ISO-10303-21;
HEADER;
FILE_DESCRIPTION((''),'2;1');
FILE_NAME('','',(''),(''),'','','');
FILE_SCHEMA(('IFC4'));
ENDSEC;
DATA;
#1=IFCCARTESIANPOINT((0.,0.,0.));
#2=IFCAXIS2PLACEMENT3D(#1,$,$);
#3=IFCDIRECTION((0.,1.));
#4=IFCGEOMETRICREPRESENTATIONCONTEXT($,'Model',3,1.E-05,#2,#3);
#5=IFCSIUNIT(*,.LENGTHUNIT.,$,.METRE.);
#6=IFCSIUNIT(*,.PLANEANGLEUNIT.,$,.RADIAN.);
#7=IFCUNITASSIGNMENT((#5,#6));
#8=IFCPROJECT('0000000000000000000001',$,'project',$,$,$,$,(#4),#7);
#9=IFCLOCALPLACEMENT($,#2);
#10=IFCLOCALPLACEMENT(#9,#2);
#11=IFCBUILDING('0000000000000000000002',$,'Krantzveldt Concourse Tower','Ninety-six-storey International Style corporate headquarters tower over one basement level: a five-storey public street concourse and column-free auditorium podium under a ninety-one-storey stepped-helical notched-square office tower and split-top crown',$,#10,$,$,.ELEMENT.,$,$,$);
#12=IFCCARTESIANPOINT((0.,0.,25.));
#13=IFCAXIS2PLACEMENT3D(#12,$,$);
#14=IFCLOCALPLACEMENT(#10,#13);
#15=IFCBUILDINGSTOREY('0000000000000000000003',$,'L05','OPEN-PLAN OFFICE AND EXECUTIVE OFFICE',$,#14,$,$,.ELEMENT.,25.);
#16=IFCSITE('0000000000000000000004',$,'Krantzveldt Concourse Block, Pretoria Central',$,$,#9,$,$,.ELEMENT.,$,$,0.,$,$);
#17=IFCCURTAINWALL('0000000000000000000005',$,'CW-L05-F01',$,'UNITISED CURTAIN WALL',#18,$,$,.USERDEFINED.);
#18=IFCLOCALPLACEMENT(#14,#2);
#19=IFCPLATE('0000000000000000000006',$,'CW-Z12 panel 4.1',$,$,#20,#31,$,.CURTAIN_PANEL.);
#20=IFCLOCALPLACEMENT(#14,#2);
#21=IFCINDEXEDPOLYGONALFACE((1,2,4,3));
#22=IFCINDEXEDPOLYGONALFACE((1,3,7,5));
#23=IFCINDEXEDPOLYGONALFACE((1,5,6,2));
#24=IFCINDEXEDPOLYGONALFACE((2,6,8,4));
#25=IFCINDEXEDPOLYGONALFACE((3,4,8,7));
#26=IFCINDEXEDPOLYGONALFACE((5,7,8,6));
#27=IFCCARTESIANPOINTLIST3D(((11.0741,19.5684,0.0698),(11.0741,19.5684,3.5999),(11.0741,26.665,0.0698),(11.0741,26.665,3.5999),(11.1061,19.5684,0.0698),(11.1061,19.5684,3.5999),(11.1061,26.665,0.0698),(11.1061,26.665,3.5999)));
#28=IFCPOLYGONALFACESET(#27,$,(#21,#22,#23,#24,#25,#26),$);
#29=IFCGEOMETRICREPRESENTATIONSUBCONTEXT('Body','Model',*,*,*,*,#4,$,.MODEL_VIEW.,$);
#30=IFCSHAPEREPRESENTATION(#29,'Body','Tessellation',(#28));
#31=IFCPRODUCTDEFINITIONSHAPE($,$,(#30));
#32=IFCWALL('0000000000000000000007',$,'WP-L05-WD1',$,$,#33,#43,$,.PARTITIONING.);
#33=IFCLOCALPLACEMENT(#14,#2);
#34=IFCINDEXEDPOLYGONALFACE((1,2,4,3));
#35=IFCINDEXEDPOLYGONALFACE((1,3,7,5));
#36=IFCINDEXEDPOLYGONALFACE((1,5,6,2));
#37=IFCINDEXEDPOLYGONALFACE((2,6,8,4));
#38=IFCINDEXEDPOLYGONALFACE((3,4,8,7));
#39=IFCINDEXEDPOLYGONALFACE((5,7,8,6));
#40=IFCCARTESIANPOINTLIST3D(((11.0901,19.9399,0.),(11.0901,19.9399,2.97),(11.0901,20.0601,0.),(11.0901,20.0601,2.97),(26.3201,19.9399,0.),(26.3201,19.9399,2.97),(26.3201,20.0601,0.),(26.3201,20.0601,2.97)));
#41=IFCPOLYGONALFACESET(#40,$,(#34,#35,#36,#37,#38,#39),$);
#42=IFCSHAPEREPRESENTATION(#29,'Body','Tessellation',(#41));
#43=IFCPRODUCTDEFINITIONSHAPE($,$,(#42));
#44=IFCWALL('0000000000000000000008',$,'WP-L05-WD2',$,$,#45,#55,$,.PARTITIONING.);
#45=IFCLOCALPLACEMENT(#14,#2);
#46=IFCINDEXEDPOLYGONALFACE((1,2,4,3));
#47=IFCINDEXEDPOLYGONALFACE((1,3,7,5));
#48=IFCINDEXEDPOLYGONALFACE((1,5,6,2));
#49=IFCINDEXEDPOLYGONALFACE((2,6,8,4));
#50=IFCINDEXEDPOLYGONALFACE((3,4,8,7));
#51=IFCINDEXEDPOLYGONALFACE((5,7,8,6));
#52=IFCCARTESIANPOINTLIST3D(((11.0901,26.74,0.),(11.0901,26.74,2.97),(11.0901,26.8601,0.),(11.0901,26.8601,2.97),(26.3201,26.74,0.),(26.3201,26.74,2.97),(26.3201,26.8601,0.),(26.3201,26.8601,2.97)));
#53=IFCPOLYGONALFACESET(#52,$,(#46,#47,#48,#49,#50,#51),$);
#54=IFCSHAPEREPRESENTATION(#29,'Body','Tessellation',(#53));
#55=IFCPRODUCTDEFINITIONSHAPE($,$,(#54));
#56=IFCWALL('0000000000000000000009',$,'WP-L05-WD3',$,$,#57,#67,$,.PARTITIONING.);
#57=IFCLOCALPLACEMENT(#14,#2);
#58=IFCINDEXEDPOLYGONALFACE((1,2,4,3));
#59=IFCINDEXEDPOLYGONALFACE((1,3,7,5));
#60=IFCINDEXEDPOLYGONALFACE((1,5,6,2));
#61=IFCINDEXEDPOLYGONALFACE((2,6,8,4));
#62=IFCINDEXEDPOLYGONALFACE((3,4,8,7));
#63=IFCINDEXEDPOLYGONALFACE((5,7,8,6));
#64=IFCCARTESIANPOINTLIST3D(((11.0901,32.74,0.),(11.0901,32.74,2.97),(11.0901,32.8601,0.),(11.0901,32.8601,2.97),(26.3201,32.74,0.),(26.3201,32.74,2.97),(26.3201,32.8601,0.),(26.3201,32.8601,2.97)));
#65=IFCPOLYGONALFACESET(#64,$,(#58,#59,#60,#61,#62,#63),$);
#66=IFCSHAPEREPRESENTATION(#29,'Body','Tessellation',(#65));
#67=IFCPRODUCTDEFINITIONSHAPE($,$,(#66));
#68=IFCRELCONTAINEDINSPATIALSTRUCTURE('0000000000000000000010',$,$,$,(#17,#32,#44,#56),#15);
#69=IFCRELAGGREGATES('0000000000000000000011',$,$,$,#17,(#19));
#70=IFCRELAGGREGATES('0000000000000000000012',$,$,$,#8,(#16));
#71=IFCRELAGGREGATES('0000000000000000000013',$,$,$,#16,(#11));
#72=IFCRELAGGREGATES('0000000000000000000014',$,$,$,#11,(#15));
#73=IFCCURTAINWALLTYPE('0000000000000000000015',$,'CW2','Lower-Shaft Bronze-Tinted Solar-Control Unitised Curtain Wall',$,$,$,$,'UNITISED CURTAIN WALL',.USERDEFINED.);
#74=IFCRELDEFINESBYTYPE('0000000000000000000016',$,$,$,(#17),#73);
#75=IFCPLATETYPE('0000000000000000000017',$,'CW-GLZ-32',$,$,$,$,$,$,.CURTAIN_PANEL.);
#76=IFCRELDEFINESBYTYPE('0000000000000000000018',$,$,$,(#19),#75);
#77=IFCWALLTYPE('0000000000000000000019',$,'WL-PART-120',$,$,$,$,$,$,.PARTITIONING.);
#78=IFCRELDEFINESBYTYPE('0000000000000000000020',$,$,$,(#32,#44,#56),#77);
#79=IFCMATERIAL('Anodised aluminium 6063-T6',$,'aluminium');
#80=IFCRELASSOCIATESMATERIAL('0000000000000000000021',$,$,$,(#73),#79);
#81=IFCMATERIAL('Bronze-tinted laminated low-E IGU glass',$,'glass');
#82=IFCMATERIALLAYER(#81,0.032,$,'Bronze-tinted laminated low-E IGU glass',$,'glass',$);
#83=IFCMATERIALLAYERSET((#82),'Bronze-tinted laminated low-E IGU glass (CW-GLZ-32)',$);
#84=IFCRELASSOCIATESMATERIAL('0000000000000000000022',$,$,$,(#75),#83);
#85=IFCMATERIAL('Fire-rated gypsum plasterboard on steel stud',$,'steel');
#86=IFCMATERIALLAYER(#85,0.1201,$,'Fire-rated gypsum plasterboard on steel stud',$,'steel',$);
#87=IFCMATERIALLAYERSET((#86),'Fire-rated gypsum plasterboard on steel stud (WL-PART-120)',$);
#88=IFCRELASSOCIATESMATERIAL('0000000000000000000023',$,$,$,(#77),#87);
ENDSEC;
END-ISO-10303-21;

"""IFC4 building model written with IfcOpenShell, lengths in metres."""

from ifc_helpers import new_model, si_unit, direction, frame, frame_2d, origin, origin_2d, place, context, subcontext, project, spatial, rectangle, extrude, source, transform, mapped, material, layer, layer_set, type_object, type_shapes, element, aggregate, save


model = new_model("IFC4")

# Units and contexts
model_context = context("Model", 3, precision=1e-05, world=origin(), true_north=direction((0.0, 1.0)))
body_context = subcontext(model_context, "Body", "Model", "MODEL_VIEW")
ifc_project = project(units=[si_unit("LENGTHUNIT", "METRE"), si_unit("PLANEANGLEUNIT", "RADIAN")], contexts=[model_context])

# Site, building, storey
site_placement = place(None, origin())
site = spatial("IfcSite", under=ifc_project, at=site_placement, Name="Krantzveldt Concourse Block, Pretoria Central", CompositionType="ELEMENT", RefElevation=0.0)
building_placement = place(site_placement, origin())
building = spatial("IfcBuilding", under=site, at=building_placement, Name="Krantzveldt Concourse Tower", Description="Ninety-six-storey International Style corporate headquarters tower over one basement level: a five-storey public street concourse and column-free auditorium podium under a ninety-one-storey stepped-helical notched-square office tower and split-top crown", CompositionType="ELEMENT")
storey_placement = place(building_placement, frame((0.0, 0.0, 25.0)))
storey = spatial("IfcBuildingStorey", under=building, at=storey_placement, Name="L05", Description="OPEN-PLAN OFFICE AND EXECUTIVE OFFICE", CompositionType="ELEMENT", Elevation=25.0)

# Curtain wall, plate
ifc_material_1 = material(Name="Anodised aluminium 6063-T6", Category="aluminium")
curtain_wall_type = type_object("IfcCurtainWallType", Name="CW2", Description="Lower-Shaft Bronze-Tinted Solar-Control Unitised Curtain Wall", ElementType="UNITISED CURTAIN WALL", PredefinedType="USERDEFINED", material=ifc_material_1)
curtain_wall_placement = place(storey_placement, origin())
curtain_wall = element("IfcCurtainWall", 1, at=curtain_wall_placement, inside=storey, type_object=curtain_wall_type, Name="CW-L05-F01", ObjectType="UNITISED CURTAIN WALL", PredefinedType="USERDEFINED")
ifc_material_2 = material(Name="Bronze-tinted laminated low-E IGU glass", Category="glass")
ifc_layer_1 = layer(ifc_material_2, 0.032, Name="Bronze-tinted laminated low-E IGU glass", Category="glass")
ifc_layer_set_1 = layer_set([ifc_layer_1], Name="Bronze-tinted laminated low-E IGU glass (CW-GLZ-32)")
plate_type = type_object("IfcPlateType", Name="CW-GLZ-32", PredefinedType="CURTAIN_PANEL", material=ifc_layer_set_1)
shared_shape_1 = source(origin(), body_context, "Body", "SweptSolid", [
    extrude(rectangle(XDim=7.0967, YDim=0.032, at=origin_2d()), origin(), (0.0, 0.0, 1.0), 3.53),
])
type_shapes(plate_type, [shared_shape_1])
plate_1_placement = place(storey_placement, frame((11.0901, 23.1167, 0.0698), z_axis=(0.0, 0.0, 1.0), x_axis=(0.0, -1.0, 0.0)))
plate_1 = element("IfcPlate", 2, at=plate_1_placement, type_object=plate_type, Name="CW-Z12 panel 4.1", PredefinedType="CURTAIN_PANEL", context=body_context, shape_type="MappedRepresentation", body=[
    mapped(shared_shape_1, transform((0.0, 0.0, 0.0), x_axis=(1.0, 0.0, 0.0), y_axis=(0.0, 1.0, 0.0), z_axis=(0.0, 0.0, 1.0), scale=1.0)),
])
aggregate(curtain_wall, [plate_1])

# Walls
ifc_material_3 = material(Name="Fire-rated gypsum plasterboard on steel stud", Category="steel")
ifc_layer_2 = layer(ifc_material_3, 0.1201, Name="Fire-rated gypsum plasterboard on steel stud", Category="steel")
ifc_layer_set_2 = layer_set([ifc_layer_2], Name="Fire-rated gypsum plasterboard on steel stud (WL-PART-120)")
wall_type = type_object("IfcWallType", Name="WL-PART-120", PredefinedType="PARTITIONING", material=ifc_layer_set_2)
for number, where, z_axis, x_axis, name in (
    (3, (11.0901, 20.0, 0.0), (0.0, 0.0, 1.0), (1.0, 0.0, 0.0), "WP-L05-WD1"),
    (4, (11.0901, 26.8, 0.0), (0.0, 0.0, 1.0), (1.0, 0.0, 0.0), "WP-L05-WD2"),
    (5, (11.0901, 32.8, 0.0), (0.0, 0.0, 1.0), (1.0, 0.0, 0.0), "WP-L05-WD3"),
):
    element("IfcWall", number, at=place(storey_placement, frame(where, z_axis=z_axis, x_axis=x_axis)), inside=storey, type_object=wall_type, Name=name, PredefinedType="PARTITIONING", context=body_context, shape_type="SweptSolid", body=[
        extrude(rectangle(XDim=15.23, YDim=0.1201, at=frame_2d((7.615, 0.0))), origin(), (0.0, 0.0, 1.0), 2.97),
    ])

save(model, "model.ifc")
